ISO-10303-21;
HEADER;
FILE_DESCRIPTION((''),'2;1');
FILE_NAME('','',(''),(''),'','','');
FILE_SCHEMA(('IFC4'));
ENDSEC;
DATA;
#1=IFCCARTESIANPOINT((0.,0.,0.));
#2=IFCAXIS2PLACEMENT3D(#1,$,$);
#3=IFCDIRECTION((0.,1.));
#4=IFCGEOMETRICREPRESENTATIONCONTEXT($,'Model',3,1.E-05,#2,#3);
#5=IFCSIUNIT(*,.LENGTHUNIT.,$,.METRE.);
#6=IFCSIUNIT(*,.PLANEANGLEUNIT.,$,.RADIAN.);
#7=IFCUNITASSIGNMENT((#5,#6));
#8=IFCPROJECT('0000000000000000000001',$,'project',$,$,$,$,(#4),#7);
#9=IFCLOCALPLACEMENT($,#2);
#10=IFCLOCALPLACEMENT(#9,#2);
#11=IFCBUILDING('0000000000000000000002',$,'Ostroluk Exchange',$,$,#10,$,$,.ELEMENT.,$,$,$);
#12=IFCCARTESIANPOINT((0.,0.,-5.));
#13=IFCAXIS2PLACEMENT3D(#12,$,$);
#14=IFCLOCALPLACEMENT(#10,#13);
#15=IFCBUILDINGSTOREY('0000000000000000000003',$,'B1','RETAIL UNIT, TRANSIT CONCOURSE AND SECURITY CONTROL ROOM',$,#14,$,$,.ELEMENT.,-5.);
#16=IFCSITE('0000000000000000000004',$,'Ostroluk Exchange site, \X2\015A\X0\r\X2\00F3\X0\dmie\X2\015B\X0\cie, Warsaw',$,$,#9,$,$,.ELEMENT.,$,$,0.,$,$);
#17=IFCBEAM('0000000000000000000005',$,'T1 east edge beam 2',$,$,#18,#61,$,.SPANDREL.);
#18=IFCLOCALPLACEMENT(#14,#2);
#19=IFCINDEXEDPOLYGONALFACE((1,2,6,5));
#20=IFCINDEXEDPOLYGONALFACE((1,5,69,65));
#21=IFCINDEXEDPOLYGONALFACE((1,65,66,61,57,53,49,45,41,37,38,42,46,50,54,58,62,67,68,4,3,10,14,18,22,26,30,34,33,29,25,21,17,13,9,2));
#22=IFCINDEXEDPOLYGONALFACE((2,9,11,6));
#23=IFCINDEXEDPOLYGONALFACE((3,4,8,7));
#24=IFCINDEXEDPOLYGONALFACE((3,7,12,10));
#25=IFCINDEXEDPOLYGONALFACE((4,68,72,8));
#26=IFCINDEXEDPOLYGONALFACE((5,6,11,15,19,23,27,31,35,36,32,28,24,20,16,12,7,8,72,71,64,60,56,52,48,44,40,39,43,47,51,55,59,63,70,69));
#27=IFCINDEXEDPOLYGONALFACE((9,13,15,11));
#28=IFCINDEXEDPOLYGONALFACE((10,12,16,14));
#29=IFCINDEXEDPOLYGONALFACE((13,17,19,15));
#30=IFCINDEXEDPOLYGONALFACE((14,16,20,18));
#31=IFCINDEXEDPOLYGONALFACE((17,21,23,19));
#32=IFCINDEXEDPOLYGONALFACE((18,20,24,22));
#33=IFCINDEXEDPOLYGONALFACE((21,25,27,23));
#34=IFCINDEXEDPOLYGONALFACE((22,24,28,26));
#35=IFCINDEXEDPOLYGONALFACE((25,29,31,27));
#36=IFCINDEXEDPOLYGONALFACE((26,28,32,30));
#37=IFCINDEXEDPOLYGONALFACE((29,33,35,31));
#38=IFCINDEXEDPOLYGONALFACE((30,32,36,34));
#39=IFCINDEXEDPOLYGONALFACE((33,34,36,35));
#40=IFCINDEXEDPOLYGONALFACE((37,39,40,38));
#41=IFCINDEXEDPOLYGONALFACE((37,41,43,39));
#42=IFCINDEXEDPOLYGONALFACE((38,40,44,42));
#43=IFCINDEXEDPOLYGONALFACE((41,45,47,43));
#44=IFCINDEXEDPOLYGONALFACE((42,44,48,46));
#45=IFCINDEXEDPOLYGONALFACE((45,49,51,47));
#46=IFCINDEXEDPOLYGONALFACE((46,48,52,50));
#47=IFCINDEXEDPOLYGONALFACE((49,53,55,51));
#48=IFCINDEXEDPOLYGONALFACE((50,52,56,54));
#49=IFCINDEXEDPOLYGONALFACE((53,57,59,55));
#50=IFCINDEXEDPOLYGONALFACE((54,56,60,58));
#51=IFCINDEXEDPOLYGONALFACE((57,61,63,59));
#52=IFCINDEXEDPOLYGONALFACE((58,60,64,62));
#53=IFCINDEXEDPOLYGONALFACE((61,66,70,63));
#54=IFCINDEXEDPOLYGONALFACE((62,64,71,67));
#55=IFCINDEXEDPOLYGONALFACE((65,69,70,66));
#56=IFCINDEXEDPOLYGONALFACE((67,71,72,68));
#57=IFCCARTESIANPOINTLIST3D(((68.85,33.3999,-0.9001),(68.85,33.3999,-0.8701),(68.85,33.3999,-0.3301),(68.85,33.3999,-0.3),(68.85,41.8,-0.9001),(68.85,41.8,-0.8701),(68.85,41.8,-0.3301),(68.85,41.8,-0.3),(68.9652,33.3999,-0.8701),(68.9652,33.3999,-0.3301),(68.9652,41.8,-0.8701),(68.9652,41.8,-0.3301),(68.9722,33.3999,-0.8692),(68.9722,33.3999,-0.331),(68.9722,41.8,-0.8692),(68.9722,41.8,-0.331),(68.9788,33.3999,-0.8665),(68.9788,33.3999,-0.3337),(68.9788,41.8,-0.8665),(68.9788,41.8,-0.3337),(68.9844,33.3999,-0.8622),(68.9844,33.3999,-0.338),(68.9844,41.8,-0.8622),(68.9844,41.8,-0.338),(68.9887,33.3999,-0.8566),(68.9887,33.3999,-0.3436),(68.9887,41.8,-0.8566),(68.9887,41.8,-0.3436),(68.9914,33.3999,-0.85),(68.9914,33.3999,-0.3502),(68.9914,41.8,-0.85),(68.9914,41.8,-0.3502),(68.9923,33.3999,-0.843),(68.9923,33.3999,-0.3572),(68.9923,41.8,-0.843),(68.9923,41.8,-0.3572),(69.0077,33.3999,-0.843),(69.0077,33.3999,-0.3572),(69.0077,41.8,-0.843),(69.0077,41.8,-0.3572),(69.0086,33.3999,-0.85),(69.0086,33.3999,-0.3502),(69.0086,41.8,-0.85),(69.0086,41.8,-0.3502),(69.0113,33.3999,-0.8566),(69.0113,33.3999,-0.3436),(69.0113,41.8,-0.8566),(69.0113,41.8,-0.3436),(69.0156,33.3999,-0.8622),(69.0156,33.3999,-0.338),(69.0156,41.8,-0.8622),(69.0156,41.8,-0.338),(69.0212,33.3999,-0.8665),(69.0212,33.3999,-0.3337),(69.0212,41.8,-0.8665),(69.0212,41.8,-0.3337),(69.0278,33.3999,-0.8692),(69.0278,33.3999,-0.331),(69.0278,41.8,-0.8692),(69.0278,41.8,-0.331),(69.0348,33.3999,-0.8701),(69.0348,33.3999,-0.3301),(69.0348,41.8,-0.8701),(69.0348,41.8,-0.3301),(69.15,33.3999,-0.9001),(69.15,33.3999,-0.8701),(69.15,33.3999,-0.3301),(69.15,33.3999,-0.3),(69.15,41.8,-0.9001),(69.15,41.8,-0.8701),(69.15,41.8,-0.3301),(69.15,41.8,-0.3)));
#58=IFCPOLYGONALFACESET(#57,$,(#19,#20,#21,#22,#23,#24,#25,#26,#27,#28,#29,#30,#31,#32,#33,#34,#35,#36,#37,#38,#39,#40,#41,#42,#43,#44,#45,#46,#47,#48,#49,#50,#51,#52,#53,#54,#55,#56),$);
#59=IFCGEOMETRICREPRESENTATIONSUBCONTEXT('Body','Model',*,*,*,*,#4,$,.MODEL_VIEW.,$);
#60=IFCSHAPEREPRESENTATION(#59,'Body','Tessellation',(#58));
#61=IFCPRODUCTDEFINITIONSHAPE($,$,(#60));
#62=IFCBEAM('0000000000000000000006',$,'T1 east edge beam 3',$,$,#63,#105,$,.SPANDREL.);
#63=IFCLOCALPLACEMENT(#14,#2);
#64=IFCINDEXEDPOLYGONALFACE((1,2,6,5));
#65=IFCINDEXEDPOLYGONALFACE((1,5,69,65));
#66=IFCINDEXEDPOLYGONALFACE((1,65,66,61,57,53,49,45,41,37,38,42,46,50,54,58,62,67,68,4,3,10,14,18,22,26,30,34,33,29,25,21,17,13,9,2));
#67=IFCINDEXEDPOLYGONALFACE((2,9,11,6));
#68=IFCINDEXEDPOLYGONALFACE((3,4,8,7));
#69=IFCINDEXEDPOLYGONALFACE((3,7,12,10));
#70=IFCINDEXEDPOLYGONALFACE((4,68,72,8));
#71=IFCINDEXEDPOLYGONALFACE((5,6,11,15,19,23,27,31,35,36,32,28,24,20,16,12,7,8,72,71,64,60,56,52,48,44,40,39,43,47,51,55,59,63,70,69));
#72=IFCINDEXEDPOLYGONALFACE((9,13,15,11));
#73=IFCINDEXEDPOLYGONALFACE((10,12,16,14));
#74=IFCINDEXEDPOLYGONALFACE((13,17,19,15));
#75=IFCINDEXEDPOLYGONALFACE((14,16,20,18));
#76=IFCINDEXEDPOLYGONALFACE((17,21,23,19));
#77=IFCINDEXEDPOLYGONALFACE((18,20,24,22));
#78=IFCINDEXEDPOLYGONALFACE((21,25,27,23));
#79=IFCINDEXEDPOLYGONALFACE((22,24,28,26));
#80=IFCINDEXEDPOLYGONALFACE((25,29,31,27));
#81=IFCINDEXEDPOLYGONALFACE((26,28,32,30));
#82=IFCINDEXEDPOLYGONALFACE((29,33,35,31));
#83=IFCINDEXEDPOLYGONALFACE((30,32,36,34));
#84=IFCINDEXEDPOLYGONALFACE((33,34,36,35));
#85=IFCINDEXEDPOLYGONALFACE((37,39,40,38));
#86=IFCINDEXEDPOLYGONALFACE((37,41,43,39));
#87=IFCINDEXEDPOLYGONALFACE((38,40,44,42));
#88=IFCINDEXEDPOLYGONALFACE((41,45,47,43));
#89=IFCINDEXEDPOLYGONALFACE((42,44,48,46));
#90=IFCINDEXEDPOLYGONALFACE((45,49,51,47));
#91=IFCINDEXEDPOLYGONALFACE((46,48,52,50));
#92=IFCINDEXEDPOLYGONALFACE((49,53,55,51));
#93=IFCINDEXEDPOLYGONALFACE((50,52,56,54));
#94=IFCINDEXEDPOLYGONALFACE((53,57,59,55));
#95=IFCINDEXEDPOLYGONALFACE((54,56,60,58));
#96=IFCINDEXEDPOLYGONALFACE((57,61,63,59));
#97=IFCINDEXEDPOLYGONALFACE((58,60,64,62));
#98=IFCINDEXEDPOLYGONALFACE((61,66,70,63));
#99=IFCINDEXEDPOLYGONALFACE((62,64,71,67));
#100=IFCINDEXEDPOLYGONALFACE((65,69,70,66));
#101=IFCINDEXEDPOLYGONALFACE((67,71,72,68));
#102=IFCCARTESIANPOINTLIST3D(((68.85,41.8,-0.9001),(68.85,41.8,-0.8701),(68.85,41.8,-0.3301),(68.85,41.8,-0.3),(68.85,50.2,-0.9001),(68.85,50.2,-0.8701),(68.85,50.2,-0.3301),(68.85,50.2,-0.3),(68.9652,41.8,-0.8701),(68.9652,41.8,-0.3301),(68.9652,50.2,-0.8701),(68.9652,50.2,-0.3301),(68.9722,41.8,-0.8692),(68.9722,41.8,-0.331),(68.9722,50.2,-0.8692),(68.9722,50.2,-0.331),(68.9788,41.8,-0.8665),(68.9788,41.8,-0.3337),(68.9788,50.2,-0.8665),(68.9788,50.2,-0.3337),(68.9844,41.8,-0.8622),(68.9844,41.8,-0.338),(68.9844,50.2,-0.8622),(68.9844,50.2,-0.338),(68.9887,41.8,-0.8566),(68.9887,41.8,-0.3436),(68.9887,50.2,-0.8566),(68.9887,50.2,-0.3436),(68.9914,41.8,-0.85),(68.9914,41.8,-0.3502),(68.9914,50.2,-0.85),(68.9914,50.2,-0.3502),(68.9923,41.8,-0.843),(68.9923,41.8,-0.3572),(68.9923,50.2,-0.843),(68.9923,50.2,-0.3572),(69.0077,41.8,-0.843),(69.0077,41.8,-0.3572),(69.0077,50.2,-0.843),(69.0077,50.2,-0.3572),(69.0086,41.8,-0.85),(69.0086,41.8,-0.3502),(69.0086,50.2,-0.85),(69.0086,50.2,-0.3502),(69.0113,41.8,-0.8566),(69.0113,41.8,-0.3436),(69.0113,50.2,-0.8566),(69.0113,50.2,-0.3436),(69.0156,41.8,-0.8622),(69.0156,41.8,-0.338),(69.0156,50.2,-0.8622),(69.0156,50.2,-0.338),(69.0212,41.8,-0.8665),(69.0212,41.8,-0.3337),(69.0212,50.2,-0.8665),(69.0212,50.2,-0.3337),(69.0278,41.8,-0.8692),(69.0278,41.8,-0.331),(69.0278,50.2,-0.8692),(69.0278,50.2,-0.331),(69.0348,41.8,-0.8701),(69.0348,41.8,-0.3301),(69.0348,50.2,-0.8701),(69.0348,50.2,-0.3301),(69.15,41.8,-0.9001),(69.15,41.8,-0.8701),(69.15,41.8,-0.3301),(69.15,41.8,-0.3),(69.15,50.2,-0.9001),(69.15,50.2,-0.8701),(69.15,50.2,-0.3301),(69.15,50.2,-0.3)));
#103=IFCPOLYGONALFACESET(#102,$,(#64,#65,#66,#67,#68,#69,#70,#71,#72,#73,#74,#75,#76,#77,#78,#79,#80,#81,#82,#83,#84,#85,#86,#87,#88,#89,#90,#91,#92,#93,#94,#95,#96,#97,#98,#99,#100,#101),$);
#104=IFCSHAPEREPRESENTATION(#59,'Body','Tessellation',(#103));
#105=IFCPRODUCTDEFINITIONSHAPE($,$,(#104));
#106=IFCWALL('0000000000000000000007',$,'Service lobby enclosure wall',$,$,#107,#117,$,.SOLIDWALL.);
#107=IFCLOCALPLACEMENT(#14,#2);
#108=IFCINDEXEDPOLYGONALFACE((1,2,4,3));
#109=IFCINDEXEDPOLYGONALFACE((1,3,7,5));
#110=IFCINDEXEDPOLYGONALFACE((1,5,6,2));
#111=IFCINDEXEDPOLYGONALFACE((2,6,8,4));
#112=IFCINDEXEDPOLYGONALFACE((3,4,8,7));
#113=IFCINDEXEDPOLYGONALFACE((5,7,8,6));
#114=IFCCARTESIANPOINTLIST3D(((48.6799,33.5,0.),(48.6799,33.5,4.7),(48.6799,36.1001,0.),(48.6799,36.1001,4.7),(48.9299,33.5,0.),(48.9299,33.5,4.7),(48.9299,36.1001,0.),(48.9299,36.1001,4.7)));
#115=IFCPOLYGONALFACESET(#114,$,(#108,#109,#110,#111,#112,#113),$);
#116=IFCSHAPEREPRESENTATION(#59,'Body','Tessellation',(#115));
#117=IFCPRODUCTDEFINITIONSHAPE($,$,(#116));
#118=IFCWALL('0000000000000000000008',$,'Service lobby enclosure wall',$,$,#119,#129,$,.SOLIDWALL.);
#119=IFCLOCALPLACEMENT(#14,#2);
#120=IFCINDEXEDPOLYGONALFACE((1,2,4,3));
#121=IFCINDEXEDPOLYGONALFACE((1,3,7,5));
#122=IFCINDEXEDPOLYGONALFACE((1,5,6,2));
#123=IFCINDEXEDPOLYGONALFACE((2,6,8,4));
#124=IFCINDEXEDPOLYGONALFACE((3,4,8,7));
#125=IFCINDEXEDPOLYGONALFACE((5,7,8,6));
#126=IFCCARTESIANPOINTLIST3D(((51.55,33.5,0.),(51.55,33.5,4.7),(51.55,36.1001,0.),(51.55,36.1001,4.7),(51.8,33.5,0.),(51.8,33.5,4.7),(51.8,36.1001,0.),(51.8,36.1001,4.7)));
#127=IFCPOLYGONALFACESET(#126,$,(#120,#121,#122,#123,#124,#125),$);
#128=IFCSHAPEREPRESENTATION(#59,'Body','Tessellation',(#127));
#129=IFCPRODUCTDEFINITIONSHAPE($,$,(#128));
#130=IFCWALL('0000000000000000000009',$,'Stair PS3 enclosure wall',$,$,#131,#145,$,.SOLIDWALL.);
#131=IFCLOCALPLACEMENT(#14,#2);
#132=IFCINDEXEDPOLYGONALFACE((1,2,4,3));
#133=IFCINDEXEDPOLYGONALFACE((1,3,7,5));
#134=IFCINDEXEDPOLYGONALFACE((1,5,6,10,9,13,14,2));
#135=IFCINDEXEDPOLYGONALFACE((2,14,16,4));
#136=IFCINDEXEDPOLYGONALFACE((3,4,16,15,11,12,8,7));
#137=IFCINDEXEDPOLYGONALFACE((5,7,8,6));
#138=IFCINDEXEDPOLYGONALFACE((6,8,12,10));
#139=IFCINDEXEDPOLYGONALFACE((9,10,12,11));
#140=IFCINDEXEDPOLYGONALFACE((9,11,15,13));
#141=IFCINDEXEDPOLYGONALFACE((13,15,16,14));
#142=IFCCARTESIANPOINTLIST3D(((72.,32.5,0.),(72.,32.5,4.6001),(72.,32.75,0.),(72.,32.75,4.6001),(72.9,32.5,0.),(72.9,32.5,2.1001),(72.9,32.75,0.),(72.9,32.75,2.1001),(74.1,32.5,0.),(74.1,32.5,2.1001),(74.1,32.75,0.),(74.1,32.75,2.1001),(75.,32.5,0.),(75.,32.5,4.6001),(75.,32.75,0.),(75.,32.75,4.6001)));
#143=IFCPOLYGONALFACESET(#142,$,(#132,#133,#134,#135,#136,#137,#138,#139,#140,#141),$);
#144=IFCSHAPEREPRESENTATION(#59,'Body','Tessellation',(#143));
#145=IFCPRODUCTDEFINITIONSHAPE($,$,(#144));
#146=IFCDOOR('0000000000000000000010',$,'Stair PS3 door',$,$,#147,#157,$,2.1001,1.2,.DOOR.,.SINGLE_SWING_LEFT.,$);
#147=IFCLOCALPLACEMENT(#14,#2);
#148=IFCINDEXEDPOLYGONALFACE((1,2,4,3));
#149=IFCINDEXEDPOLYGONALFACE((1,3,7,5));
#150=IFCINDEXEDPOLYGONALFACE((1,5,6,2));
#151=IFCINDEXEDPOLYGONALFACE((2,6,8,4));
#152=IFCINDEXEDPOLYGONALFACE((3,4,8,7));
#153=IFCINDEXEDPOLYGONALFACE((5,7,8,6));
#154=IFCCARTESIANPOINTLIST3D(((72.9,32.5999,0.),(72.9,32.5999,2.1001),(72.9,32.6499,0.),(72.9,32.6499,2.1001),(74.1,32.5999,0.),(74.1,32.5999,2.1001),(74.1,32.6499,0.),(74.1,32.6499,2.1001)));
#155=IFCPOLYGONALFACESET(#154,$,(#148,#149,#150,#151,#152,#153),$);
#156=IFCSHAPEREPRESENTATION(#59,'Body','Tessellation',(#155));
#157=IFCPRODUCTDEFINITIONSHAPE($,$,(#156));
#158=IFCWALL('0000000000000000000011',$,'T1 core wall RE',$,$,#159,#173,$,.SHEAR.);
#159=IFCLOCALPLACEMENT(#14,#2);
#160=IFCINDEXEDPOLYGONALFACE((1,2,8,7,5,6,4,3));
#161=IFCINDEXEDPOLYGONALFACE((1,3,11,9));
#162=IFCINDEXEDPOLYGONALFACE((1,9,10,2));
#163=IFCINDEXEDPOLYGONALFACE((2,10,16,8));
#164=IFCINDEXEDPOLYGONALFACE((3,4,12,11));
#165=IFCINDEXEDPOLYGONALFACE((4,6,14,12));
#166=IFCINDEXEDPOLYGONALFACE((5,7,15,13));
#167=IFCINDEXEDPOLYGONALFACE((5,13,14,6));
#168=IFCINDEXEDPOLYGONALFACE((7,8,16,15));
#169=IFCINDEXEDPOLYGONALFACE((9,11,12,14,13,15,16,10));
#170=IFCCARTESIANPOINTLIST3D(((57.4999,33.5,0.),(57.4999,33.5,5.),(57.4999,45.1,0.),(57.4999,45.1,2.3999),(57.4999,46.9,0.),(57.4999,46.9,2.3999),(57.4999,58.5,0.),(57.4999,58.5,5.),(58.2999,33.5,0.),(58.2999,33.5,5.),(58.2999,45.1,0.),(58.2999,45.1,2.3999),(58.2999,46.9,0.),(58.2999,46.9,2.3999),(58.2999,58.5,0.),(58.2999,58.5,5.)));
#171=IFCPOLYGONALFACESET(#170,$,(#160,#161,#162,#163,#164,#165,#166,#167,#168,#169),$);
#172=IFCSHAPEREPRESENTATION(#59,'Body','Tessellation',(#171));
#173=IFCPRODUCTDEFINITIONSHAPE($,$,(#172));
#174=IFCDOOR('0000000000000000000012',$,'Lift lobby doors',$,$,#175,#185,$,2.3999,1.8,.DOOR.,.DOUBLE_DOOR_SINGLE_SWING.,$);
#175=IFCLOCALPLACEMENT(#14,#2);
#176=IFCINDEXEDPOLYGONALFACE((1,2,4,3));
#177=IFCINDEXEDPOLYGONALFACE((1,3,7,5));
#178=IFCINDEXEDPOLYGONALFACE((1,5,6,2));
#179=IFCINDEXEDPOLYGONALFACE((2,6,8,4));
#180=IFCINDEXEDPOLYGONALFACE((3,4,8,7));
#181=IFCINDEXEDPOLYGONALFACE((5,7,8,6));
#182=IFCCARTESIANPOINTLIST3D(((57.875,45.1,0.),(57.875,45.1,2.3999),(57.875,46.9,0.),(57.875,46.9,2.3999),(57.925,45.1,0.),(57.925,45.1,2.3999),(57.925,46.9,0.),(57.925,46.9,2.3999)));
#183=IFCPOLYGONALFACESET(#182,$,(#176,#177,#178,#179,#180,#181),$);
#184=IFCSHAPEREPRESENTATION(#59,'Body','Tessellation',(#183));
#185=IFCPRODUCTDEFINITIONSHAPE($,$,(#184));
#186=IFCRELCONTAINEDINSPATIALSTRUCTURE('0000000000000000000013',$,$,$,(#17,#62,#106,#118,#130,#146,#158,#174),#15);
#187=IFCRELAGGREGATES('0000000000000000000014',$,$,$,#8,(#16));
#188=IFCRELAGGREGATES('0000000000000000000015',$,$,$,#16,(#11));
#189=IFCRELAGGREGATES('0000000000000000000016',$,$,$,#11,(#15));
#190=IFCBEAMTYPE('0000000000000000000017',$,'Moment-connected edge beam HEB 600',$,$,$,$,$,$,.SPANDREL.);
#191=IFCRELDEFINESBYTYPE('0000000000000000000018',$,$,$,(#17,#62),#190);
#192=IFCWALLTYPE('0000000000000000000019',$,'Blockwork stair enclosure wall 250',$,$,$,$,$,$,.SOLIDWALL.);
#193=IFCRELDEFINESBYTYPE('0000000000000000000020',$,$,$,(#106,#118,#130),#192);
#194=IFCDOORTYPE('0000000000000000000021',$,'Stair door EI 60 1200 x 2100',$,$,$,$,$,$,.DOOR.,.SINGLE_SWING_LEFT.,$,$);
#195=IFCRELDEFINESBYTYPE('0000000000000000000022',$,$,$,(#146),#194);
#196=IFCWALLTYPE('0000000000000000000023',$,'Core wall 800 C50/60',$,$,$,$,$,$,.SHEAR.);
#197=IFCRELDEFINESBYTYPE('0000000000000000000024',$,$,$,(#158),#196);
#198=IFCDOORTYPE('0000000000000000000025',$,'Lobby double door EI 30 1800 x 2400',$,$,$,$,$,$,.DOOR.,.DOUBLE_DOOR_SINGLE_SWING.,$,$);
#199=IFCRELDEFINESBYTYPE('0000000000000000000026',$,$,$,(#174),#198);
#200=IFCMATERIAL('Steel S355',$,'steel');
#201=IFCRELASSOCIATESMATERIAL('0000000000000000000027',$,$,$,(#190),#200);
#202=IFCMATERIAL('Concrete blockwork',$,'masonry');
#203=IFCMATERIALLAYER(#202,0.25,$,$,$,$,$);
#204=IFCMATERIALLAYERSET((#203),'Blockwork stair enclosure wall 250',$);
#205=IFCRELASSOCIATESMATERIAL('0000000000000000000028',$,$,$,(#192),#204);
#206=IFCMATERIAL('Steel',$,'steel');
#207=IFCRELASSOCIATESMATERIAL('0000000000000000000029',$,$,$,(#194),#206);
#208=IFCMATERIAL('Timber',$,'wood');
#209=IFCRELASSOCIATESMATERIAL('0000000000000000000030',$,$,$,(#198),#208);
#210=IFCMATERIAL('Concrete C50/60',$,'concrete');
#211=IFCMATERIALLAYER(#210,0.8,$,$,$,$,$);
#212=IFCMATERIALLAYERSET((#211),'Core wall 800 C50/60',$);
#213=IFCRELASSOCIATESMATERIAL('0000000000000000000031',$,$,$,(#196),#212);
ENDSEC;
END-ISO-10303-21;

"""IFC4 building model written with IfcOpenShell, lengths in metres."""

from ifc_helpers import new_model, si_unit, direction, frame, frame_2d, origin, origin_2d, place, context, subcontext, project, spatial, rectangle, i_section, extrude, material, layer, layer_set, material_profile, profile_set, type_object, element, fill, save


model = new_model("IFC4")

# Units and contexts
model_context = context("Model", 3, precision=1e-05, world=origin(), true_north=direction((0.0, 1.0)))
body_context = subcontext(model_context, "Body", "Model", "MODEL_VIEW")
ifc_project = project(units=[si_unit("LENGTHUNIT", "METRE"), si_unit("PLANEANGLEUNIT", "RADIAN")], contexts=[model_context])

# Site, building, storey
site_placement = place(None, origin())
site = spatial("IfcSite", under=ifc_project, at=site_placement, Name="Ostroluk Exchange site, Śródmieście, Warsaw", CompositionType="ELEMENT", RefElevation=0.0)
building_placement = place(site_placement, origin())
building = spatial("IfcBuilding", under=site, at=building_placement, Name="Ostroluk Exchange", CompositionType="ELEMENT")
storey_placement = place(building_placement, frame((0.0, 0.0, -5.0)))
storey = spatial("IfcBuildingStorey", under=building, at=storey_placement, Name="B1", Description="RETAIL UNIT, TRANSIT CONCOURSE AND SECURITY CONTROL ROOM", CompositionType="ELEMENT", Elevation=-5.0)

# Beams
ifc_material_1 = material(Name="Steel S355", Category="steel")
ifc_material_profile_1 = material_profile(ifc_material_1, i_section(OverallWidth=0.3, OverallDepth=0.6001, WebThickness=0.0154, FlangeThickness=0.03, FilletRadius=0.0271, at=origin_2d()), Name="HEB 600")
ifc_profile_set_1 = profile_set([ifc_material_profile_1], Name="Steel S355")
beam_type_1 = type_object("IfcBeamType", Name="Moment-connected edge beam HEB 600", PredefinedType="SPANDREL", material=ifc_profile_set_1)
beam_1_placement = place(storey_placement, frame((69.0, 33.3999, -0.6001), z_axis=(0.0, 1.0, 0.0), x_axis=(-1.0, 0.0, 0.0)))
element("IfcBeam", 1, at=beam_1_placement, inside=storey, type_object=beam_type_1, Name="T1 east edge beam 2", PredefinedType="SPANDREL", context=body_context, shape_type="SweptSolid", body=[
    extrude(i_section(OverallWidth=0.3, OverallDepth=0.6001, WebThickness=0.0154, FlangeThickness=0.03, FilletRadius=0.0271, at=origin_2d()), origin(), (0.0, 0.0, 1.0), 8.4001),
])
beam_2_placement = place(storey_placement, frame((69.0, 41.8, -0.6001), z_axis=(0.0, 1.0, 0.0), x_axis=(-1.0, 0.0, 0.0)))
element("IfcBeam", 2, at=beam_2_placement, inside=storey, type_object=beam_type_1, Name="T1 east edge beam 3", PredefinedType="SPANDREL", context=body_context, shape_type="SweptSolid", body=[
    extrude(i_section(OverallWidth=0.3, OverallDepth=0.6001, WebThickness=0.0154, FlangeThickness=0.03, FilletRadius=0.0271, at=origin_2d()), origin(), (0.0, 0.0, 1.0), 8.3999),
])

# Walls
ifc_material_2 = material(Name="Concrete blockwork", Category="masonry")
ifc_layer_1 = layer(ifc_material_2, 0.25)
ifc_layer_set_1 = layer_set([ifc_layer_1], Name="Blockwork stair enclosure wall 250")
wall_type_1 = type_object("IfcWallType", Name="Blockwork stair enclosure wall 250", PredefinedType="SOLIDWALL", material=ifc_layer_set_1)
for number, where, z_axis, x_axis, name in (
    (3, (48.8049, 33.5, 0.0), (0.0, 0.0, 1.0), (0.0, 1.0, 0.0), "Service lobby enclosure wall"),
    (4, (51.675, 33.5, 0.0), (0.0, 0.0, 1.0), (0.0, 1.0, 0.0), "Service lobby enclosure wall"),
):
    element("IfcWall", number, at=place(storey_placement, frame(where, z_axis=z_axis, x_axis=x_axis)), inside=storey, type_object=wall_type_1, Name=name, PredefinedType="SOLIDWALL", context=body_context, shape_type="SweptSolid", body=[
        extrude(rectangle(XDim=2.6001, YDim=0.25, at=frame_2d((1.3, 0.0))), origin(), (0.0, 0.0, 1.0), 4.7),
    ])

# Walls, openings, doors
wall_1_placement = place(storey_placement, frame((72.0, 32.625, 0.0), z_axis=(0.0, 0.0, 1.0), x_axis=(1.0, 0.0, 0.0)))
wall_1 = element("IfcWall", 5, at=wall_1_placement, inside=storey, type_object=wall_type_1, Name="Stair PS3 enclosure wall", PredefinedType="SOLIDWALL", context=body_context, shape_type="SweptSolid", body=[
    extrude(rectangle(XDim=3.0, YDim=0.25, at=frame_2d((1.5, 0.0))), origin(), (0.0, 0.0, 1.0), 4.6001),
])
opening_1_placement = place(wall_1_placement, frame((0.8999, 0.0, 0.0)))
opening_1 = element("IfcOpeningElement", 6, at=opening_1_placement, cuts=wall_1, PredefinedType="OPENING", context=body_context, shape_type="SweptSolid", body=[
    extrude(rectangle(XDim=1.2, YDim=2.1001, at=frame_2d((0.6001, 1.05))), frame((0.0, 0.135, 0.0), z_axis=(0.0, -1.0, 0.0), x_axis=(1.0, 0.0, 0.0)), (0.0, 0.0, 1.0), 0.27),
])
ifc_material_3 = material(Name="Steel", Category="steel")
door_type_1 = type_object("IfcDoorType", Name="Stair door EI 60 1200 x 2100", OperationType="SINGLE_SWING_LEFT", PredefinedType="DOOR", material=ifc_material_3)
door_1_placement = place(opening_1_placement, origin())
door_1 = element("IfcDoor", 7, at=door_1_placement, inside=storey, type_object=door_type_1, Name="Stair PS3 door", OperationType="SINGLE_SWING_LEFT", OverallHeight=2.1001, OverallWidth=1.2, PredefinedType="DOOR", context=body_context, shape_type="SweptSolid", body=[
    extrude(rectangle(XDim=1.2, YDim=2.1001, at=frame_2d((0.6001, 1.05))), frame((0.0, 0.0249, 0.0), z_axis=(0.0, -1.0, 0.0), x_axis=(1.0, 0.0, 0.0)), (0.0, 0.0, 1.0), 0.05),
])
fill(opening_1, door_1)
ifc_material_4 = material(Name="Timber", Category="wood")
door_type_2 = type_object("IfcDoorType", Name="Lobby double door EI 30 1800 x 2400", OperationType="DOUBLE_DOOR_SINGLE_SWING", PredefinedType="DOOR", material=ifc_material_4)
ifc_material_5 = material(Name="Concrete C50/60", Category="concrete")
ifc_layer_2 = layer(ifc_material_5, 0.8)
ifc_layer_set_2 = layer_set([ifc_layer_2], Name="Core wall 800 C50/60")
wall_type_2 = type_object("IfcWallType", Name="Core wall 800 C50/60", PredefinedType="SHEAR", material=ifc_layer_set_2)
wall_2_placement = place(storey_placement, frame((57.8999, 33.5, 0.0), z_axis=(0.0, 0.0, 1.0), x_axis=(0.0, 1.0, 0.0)))
wall_2 = element("IfcWall", 8, at=wall_2_placement, inside=storey, type_object=wall_type_2, Name="T1 core wall RE", PredefinedType="SHEAR", context=body_context, shape_type="SweptSolid", body=[
    extrude(rectangle(XDim=25.0, YDim=0.8, at=frame_2d((12.5, 0.0))), origin(), (0.0, 0.0, 1.0), 5.0),
])
opening_2_placement = place(wall_2_placement, frame((11.6001, 0.0, 0.0)))
opening_2 = element("IfcOpeningElement", 9, at=opening_2_placement, cuts=wall_2, PredefinedType="OPENING", context=body_context, shape_type="SweptSolid", body=[
    extrude(rectangle(XDim=1.8, YDim=2.3999, at=frame_2d((0.8999, 1.2))), frame((0.0, 0.4099, 0.0), z_axis=(0.0, -1.0, 0.0), x_axis=(1.0, 0.0, 0.0)), (0.0, 0.0, 1.0), 0.8201),
])
door_2_placement = place(opening_2_placement, origin())
door_2 = element("IfcDoor", 10, at=door_2_placement, inside=storey, type_object=door_type_2, Name="Lift lobby doors", OperationType="DOUBLE_DOOR_SINGLE_SWING", OverallHeight=2.3999, OverallWidth=1.8, PredefinedType="DOOR", context=body_context, shape_type="SweptSolid", body=[
    extrude(rectangle(XDim=1.8, YDim=2.3999, at=frame_2d((0.8999, 1.2))), frame((0.0, 0.0249, 0.0), z_axis=(0.0, -1.0, 0.0), x_axis=(1.0, 0.0, 0.0)), (0.0, 0.0, 1.0), 0.05),
])
fill(opening_2, door_2)

save(model, "model.ifc")
